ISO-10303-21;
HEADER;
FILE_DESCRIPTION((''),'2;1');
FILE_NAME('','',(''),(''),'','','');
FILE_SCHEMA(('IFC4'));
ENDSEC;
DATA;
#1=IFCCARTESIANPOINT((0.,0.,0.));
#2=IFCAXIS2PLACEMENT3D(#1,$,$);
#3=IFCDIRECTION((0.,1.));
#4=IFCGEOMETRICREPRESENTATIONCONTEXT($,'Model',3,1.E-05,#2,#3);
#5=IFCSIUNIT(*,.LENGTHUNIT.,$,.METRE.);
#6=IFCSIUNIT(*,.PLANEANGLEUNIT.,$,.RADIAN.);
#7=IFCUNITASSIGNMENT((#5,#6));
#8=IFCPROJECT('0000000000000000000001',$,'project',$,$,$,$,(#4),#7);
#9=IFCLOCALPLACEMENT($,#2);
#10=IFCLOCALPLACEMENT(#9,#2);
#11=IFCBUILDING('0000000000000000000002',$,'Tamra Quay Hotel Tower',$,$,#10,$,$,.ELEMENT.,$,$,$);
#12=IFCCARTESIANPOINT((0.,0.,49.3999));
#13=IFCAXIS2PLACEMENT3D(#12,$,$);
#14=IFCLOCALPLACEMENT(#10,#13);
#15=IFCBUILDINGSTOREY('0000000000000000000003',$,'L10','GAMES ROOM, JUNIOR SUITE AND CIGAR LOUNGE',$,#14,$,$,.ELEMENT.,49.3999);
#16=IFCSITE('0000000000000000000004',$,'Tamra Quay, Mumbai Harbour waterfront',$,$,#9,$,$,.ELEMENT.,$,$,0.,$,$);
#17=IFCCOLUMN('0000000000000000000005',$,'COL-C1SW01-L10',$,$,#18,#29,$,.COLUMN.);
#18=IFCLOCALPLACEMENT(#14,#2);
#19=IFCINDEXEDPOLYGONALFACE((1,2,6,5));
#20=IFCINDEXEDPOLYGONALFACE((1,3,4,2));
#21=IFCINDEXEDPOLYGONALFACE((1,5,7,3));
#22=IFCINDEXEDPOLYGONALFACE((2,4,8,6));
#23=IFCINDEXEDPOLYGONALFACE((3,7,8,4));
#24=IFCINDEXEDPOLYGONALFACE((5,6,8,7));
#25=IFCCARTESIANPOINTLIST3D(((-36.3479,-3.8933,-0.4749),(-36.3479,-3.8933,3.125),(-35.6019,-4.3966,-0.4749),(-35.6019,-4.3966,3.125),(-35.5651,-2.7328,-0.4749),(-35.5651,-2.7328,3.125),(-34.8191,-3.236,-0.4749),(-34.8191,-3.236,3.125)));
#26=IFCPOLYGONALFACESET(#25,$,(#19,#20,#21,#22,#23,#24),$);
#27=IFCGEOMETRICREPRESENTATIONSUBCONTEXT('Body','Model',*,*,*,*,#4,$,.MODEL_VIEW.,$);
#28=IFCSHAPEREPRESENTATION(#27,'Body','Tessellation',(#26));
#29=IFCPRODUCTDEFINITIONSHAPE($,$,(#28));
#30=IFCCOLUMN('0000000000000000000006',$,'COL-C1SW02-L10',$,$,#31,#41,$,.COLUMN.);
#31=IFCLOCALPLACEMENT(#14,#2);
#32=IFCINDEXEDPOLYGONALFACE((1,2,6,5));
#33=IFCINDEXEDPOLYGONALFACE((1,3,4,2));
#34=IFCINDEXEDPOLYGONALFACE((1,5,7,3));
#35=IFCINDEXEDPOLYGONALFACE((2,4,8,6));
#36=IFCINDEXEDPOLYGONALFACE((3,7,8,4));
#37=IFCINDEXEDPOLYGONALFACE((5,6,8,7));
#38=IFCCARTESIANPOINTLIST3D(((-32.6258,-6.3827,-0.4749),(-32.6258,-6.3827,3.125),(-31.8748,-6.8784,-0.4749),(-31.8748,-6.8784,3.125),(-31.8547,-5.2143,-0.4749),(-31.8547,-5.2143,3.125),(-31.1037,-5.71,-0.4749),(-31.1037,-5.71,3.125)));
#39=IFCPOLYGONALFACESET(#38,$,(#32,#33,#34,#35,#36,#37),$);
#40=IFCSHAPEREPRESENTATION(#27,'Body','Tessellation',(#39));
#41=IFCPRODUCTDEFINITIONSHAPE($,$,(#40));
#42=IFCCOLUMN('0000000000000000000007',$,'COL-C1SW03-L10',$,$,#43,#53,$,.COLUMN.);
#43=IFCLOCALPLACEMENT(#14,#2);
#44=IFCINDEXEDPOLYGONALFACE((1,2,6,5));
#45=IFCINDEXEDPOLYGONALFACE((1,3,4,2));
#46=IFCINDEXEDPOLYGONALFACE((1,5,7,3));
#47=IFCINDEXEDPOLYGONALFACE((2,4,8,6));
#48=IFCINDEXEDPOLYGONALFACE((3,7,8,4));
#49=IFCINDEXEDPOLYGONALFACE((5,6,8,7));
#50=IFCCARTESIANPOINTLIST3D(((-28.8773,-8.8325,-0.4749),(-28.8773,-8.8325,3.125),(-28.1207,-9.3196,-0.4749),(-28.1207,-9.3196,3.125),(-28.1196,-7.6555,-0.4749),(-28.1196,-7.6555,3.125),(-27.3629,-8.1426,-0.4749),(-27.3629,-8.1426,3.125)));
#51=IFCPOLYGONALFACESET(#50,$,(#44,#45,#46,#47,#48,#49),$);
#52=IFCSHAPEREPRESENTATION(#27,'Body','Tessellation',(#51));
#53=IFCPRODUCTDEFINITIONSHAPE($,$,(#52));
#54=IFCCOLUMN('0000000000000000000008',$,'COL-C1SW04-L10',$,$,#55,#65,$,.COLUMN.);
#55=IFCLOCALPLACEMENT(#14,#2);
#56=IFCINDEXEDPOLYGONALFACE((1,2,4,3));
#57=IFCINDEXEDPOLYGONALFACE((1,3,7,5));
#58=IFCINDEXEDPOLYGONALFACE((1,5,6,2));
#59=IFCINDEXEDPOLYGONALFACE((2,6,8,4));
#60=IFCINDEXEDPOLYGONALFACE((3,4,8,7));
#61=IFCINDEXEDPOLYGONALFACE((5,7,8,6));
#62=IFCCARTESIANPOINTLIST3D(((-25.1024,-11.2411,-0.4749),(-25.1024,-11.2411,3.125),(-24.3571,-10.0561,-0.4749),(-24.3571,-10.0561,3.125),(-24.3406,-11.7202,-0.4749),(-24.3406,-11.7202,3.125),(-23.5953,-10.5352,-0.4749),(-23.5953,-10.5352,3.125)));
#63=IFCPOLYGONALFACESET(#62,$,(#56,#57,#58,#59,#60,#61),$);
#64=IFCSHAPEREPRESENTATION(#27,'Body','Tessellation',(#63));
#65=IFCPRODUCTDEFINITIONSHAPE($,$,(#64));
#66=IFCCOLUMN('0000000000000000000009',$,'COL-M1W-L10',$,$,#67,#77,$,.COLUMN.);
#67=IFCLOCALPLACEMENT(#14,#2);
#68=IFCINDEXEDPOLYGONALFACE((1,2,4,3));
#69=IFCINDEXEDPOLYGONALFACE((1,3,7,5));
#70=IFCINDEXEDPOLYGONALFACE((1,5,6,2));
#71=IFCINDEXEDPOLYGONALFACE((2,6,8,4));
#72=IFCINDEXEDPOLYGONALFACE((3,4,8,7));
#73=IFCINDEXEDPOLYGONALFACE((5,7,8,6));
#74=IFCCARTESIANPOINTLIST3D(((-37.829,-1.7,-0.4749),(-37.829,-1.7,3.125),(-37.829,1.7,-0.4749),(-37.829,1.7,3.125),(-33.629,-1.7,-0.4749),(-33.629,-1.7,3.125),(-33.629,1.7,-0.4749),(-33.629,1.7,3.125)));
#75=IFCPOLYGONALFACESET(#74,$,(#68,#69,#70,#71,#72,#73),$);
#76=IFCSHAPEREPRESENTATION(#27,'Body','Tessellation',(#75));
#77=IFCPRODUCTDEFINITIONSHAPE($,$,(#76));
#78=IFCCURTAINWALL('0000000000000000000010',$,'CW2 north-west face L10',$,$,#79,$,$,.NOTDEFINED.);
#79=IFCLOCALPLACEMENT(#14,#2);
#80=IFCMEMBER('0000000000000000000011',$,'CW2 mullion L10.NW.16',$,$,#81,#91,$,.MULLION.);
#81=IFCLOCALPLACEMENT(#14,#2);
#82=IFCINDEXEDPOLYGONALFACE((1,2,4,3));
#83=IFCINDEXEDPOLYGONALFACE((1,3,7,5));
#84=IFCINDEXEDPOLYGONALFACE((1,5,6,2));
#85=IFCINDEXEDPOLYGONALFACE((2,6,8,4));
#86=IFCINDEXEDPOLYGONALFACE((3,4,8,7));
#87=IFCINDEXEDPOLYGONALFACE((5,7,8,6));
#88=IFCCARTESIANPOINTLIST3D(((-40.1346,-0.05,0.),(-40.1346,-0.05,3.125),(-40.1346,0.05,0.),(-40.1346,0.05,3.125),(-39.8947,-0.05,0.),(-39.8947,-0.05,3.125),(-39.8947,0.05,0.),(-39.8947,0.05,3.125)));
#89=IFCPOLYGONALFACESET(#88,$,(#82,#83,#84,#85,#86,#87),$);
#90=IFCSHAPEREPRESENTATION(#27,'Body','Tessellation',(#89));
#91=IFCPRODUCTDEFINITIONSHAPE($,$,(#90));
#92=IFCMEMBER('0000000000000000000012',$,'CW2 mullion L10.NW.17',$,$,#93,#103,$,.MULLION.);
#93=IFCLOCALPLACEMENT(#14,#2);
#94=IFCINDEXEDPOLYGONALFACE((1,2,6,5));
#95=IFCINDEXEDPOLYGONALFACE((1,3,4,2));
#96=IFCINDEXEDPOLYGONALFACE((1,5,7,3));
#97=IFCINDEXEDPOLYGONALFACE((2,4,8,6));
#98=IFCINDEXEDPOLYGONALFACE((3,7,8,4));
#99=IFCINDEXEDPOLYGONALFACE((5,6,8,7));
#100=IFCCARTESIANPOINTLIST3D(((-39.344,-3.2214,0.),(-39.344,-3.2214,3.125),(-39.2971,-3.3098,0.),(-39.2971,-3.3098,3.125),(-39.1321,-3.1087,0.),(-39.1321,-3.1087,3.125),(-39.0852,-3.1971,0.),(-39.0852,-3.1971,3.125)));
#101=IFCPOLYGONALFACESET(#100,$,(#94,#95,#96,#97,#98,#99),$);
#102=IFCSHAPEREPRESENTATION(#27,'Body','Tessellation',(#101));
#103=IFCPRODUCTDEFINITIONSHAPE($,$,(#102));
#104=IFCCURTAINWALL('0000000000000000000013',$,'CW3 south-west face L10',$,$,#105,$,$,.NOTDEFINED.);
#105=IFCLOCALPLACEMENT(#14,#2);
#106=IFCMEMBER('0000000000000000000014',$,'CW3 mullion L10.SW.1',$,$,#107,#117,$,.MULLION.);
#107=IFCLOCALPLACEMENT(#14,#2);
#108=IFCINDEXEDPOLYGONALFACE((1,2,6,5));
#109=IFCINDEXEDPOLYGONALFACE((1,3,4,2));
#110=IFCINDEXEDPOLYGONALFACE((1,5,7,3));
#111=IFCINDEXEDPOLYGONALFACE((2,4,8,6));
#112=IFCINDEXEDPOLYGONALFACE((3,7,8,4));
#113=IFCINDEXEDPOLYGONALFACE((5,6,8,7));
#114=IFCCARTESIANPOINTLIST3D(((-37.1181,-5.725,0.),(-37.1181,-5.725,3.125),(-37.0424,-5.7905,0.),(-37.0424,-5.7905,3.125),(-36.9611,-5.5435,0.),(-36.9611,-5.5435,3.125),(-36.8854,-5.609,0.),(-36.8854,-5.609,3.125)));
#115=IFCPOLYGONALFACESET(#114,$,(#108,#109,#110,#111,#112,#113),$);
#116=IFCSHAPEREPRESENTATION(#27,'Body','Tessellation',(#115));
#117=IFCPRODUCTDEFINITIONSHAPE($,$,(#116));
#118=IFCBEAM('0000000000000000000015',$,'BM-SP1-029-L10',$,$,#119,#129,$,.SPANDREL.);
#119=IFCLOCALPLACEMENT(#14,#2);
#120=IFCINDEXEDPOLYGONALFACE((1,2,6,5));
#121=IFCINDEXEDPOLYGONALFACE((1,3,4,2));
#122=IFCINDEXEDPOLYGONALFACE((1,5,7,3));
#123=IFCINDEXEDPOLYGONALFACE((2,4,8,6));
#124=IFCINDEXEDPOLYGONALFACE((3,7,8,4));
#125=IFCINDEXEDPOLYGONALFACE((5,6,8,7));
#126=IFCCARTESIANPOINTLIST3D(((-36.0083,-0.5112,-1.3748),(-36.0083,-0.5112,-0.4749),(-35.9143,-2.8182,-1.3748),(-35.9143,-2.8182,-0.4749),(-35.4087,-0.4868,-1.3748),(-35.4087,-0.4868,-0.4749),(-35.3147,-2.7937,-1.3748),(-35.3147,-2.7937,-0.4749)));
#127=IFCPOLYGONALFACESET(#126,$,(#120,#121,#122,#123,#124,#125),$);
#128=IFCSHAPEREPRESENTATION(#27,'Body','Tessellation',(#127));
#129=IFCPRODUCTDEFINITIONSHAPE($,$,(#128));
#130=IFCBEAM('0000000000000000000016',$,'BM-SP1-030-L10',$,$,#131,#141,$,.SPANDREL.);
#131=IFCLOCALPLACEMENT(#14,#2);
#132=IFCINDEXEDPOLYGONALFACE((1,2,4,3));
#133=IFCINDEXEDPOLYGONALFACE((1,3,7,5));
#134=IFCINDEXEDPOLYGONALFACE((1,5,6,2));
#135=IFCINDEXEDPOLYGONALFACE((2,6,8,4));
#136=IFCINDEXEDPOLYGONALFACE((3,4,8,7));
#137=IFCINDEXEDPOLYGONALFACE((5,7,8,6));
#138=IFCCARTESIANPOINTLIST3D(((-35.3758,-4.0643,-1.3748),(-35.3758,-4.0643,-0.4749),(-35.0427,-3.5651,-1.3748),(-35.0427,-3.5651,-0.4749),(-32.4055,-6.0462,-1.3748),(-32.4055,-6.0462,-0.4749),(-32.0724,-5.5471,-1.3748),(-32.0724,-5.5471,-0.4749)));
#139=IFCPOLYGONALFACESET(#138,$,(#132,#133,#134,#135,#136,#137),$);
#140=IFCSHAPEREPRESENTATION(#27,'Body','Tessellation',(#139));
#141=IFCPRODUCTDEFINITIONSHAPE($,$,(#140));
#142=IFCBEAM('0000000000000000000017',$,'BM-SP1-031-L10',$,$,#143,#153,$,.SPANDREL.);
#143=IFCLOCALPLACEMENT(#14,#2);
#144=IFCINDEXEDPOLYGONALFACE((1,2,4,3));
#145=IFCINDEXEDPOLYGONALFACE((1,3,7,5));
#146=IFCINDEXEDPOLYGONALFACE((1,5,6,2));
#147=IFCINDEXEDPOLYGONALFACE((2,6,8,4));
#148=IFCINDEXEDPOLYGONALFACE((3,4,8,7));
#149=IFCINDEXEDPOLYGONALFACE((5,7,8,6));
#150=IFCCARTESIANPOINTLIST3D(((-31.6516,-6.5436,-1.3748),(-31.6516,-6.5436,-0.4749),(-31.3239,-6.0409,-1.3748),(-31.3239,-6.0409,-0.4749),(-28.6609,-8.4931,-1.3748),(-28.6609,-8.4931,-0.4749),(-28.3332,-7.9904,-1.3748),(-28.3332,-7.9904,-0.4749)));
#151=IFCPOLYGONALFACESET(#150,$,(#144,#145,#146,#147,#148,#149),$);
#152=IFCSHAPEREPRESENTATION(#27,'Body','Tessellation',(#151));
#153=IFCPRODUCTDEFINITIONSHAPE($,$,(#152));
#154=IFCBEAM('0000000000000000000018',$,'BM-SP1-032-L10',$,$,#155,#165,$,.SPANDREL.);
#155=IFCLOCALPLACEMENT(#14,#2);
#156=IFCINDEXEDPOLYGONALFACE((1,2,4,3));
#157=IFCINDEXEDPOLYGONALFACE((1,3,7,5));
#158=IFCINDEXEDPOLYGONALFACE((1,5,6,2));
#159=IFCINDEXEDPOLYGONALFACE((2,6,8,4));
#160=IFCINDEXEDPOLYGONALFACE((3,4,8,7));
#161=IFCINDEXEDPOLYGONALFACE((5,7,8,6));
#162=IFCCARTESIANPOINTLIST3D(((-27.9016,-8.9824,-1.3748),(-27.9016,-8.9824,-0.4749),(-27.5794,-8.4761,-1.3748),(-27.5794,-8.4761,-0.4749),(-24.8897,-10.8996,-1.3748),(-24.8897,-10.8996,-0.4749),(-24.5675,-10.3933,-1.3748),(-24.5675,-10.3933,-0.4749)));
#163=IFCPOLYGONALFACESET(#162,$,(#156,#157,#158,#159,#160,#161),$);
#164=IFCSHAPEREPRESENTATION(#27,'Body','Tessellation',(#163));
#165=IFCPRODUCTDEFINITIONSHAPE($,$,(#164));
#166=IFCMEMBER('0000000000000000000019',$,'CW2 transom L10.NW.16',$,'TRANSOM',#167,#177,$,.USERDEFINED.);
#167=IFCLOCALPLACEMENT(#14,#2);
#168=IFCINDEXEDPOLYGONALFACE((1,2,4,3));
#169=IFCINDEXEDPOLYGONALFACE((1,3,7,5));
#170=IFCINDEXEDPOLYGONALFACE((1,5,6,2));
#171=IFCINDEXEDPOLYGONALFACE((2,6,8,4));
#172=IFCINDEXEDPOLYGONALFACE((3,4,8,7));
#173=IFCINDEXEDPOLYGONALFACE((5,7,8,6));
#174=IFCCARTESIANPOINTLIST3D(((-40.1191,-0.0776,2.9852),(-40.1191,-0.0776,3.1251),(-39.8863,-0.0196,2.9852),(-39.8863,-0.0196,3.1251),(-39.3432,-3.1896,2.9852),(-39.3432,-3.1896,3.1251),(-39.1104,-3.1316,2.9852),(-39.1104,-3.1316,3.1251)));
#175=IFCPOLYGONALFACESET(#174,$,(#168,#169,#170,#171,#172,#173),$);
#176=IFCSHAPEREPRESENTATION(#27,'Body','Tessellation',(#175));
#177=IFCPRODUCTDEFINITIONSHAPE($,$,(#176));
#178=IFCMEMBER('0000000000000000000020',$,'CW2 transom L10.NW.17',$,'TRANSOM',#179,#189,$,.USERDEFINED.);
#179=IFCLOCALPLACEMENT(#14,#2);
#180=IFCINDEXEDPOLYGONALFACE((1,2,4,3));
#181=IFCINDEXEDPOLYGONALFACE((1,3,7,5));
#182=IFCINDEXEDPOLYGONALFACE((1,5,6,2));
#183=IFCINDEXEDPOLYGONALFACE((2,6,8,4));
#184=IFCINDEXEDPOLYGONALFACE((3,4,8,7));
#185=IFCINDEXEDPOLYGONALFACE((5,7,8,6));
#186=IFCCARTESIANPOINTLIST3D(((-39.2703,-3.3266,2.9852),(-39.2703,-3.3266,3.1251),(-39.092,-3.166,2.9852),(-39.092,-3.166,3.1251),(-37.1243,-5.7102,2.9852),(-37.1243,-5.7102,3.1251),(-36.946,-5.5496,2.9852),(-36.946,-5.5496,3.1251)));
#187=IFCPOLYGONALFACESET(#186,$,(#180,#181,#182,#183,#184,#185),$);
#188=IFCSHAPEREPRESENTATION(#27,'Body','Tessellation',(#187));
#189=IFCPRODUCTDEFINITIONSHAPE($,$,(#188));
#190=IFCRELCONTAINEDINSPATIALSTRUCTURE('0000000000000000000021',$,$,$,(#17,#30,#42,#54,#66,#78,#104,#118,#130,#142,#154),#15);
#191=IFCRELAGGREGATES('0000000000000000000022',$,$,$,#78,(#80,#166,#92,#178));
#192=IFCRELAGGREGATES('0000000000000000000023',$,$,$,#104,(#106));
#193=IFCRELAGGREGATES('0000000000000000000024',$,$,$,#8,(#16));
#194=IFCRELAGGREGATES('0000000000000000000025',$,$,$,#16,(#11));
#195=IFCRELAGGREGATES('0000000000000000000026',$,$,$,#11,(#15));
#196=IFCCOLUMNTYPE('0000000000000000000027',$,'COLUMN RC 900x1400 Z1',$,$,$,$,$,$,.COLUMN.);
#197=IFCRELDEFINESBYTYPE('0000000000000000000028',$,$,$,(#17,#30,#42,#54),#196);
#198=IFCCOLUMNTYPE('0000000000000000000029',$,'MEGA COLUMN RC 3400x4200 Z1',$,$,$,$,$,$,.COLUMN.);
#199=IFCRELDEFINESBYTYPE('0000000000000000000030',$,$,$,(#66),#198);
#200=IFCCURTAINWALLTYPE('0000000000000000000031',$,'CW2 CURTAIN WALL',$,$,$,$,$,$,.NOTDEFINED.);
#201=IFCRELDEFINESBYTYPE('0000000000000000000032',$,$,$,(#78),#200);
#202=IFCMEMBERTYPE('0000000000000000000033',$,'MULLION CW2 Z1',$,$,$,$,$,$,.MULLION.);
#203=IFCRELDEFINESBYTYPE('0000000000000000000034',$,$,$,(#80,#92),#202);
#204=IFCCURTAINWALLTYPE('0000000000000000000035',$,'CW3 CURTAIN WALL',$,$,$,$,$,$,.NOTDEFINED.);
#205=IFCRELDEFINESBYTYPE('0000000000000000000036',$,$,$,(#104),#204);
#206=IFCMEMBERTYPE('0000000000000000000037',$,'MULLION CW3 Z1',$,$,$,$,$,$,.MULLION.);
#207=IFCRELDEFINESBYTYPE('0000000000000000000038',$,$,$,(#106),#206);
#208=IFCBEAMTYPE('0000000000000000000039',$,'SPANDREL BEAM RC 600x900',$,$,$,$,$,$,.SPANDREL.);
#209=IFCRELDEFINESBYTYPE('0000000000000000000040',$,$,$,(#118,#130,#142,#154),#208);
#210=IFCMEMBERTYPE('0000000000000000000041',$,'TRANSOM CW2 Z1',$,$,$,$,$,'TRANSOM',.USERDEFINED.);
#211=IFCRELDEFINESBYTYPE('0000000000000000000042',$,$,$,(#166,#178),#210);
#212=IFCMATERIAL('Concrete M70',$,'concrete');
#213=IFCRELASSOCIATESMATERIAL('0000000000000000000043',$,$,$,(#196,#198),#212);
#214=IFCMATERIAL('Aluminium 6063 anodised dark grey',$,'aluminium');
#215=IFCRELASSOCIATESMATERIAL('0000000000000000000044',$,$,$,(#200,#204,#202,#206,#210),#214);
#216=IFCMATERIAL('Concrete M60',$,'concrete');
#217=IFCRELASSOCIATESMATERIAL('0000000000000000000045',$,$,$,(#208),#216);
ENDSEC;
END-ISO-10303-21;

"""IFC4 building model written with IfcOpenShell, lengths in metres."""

from ifc_helpers import new_model, si_unit, direction, frame, origin, origin_2d, place, context, subcontext, project, spatial, rectangle, extrude, material, material_profile, profile_set, type_object, element, aggregate, save


model = new_model("IFC4")

# Units and contexts
model_context = context("Model", 3, precision=1e-05, world=origin(), true_north=direction((0.0, 1.0)))
body_context = subcontext(model_context, "Body", "Model", "MODEL_VIEW")
ifc_project = project(units=[si_unit("LENGTHUNIT", "METRE"), si_unit("PLANEANGLEUNIT", "RADIAN")], contexts=[model_context])

# Site, building, storey
site_placement = place(None, origin())
site = spatial("IfcSite", under=ifc_project, at=site_placement, Name="Tamra Quay, Mumbai Harbour waterfront", CompositionType="ELEMENT", RefElevation=0.0)
building_placement = place(site_placement, origin())
building = spatial("IfcBuilding", under=site, at=building_placement, Name="Tamra Quay Hotel Tower", CompositionType="ELEMENT")
storey_placement = place(building_placement, frame((0.0, 0.0, 49.3999)))
storey = spatial("IfcBuildingStorey", under=building, at=storey_placement, Name="L10", Description="GAMES ROOM, JUNIOR SUITE AND CIGAR LOUNGE", CompositionType="ELEMENT", Elevation=49.3999)

# Columns
ifc_material_1 = material(Name="Concrete M70", Category="concrete")
ifc_material_profile_1 = material_profile(ifc_material_1, rectangle(XDim=1.3999, YDim=0.8999, at=origin_2d()), Name="COLUMN RC 900x1400 Z1")
ifc_profile_set_1 = profile_set([ifc_material_profile_1], Name="Concrete M70")
column_type_1 = type_object("IfcColumnType", Name="COLUMN RC 900x1400 Z1", PredefinedType="COLUMN", material=ifc_profile_set_1)
for number, where, z_axis, x_axis, name in (
    (1, (-35.5835, -3.5647, -0.4749), (0.0, 0.0, 1.0), (0.55922, 0.829019, 0.0), "COL-C1SW01-L10"),
    (2, (-31.8647, -6.0464, -0.4749), (0.0, 0.0, 1.0), (0.550838, 0.834612, 0.0), "COL-C1SW02-L10"),
    (3, (-28.1201, -8.4875, -0.4749), (0.0, 0.0, 1.0), (0.541283, 0.840841, 0.0), "COL-C1SW03-L10"),
    (4, (-24.3489, -10.8882, -0.4749), (0.0, 0.0, 1.0), (0.532389, 0.8465, 0.0), "COL-C1SW04-L10"),
):
    element("IfcColumn", number, at=place(storey_placement, frame(where, z_axis=z_axis, x_axis=x_axis)), inside=storey, type_object=column_type_1, Name=name, PredefinedType="COLUMN", context=body_context, shape_type="SweptSolid", body=[
        extrude(rectangle(XDim=1.3999, YDim=0.8999, at=origin_2d()), origin(), (0.0, 0.0, 1.0), 3.5999),
    ])
ifc_material_profile_2 = material_profile(ifc_material_1, rectangle(XDim=4.2, YDim=3.3999, at=origin_2d()), Name="MEGA COLUMN RC 3400x4200 Z1")
ifc_profile_set_2 = profile_set([ifc_material_profile_2], Name="Concrete M70")
column_type_2 = type_object("IfcColumnType", Name="MEGA COLUMN RC 3400x4200 Z1", PredefinedType="COLUMN", material=ifc_profile_set_2)
column_placement = place(storey_placement, frame((-35.729, 0.0, -0.4749), z_axis=(0.0, 0.0, 1.0), x_axis=(1.0, 0.0, 0.0)))
element("IfcColumn", 5, at=column_placement, inside=storey, type_object=column_type_2, Name="COL-M1W-L10", PredefinedType="COLUMN", context=body_context, shape_type="SweptSolid", body=[
    extrude(rectangle(XDim=4.2, YDim=3.3999, at=origin_2d()), origin(), (0.0, 0.0, 1.0), 3.5999),
])

# Curtain wall, members
ifc_material_2 = material(Name="Aluminium 6063 anodised dark grey", Category="aluminium")
curtain_wall_type_1 = type_object("IfcCurtainWallType", Name="CW2 CURTAIN WALL", PredefinedType="NOTDEFINED", material=ifc_material_2)
curtain_wall_1_placement = place(storey_placement, origin())
curtain_wall_1 = element("IfcCurtainWall", 6, at=curtain_wall_1_placement, inside=storey, type_object=curtain_wall_type_1, Name="CW2 north-west face L10", PredefinedType="NOTDEFINED")
ifc_material_profile_3 = material_profile(ifc_material_2, rectangle(XDim=0.24, YDim=0.1001, at=origin_2d()), Name="MULLION 100X240")
ifc_profile_set_3 = profile_set([ifc_material_profile_3], Name="Aluminium 6063 anodised dark grey")
member_type_1 = type_object("IfcMemberType", Name="MULLION CW2 Z1", PredefinedType="MULLION", material=ifc_profile_set_3)
member_1_placement = place(storey_placement, frame((-40.0146, 0.0, 0.0), z_axis=(0.0, 0.0, 1.0), x_axis=(-1.0, 0.0, 0.0)))
member_1 = element("IfcMember", 7, at=member_1_placement, type_object=member_type_1, Name="CW2 mullion L10.NW.16", PredefinedType="MULLION", context=body_context, shape_type="SweptSolid", body=[
    extrude(rectangle(XDim=0.24, YDim=0.1001, at=origin_2d()), origin(), (0.0, 0.0, 1.0), 3.125),
])
member_2_placement = place(storey_placement, frame((-39.2146, -3.2092, 0.0), z_axis=(0.0, 0.0, 1.0), x_axis=(-0.882955, -0.469457, 0.0)))
member_2 = element("IfcMember", 8, at=member_2_placement, type_object=member_type_1, Name="CW2 mullion L10.NW.17", PredefinedType="MULLION", context=body_context, shape_type="SweptSolid", body=[
    extrude(rectangle(XDim=0.24, YDim=0.1001, at=origin_2d()), origin(), (0.0, 0.0, 1.0), 3.125),
])

# Curtain wall, member
curtain_wall_type_2 = type_object("IfcCurtainWallType", Name="CW3 CURTAIN WALL", PredefinedType="NOTDEFINED", material=ifc_material_2)
curtain_wall_2_placement = place(storey_placement, origin())
curtain_wall_2 = element("IfcCurtainWall", 9, at=curtain_wall_2_placement, inside=storey, type_object=curtain_wall_type_2, Name="CW3 south-west face L10", PredefinedType="NOTDEFINED")
ifc_material_profile_4 = material_profile(ifc_material_2, rectangle(XDim=0.24, YDim=0.1001, at=origin_2d()), Name="MULLION 100X240")
ifc_profile_set_4 = profile_set([ifc_material_profile_4], Name="Aluminium 6063 anodised dark grey")
member_type_2 = type_object("IfcMemberType", Name="MULLION CW3 Z1", PredefinedType="MULLION", material=ifc_profile_set_4)
member_3_placement = place(storey_placement, frame((-37.0017, -5.667, 0.0), z_axis=(0.0, 0.0, 1.0), x_axis=(-0.654197, -0.756324, 0.0)))
member_3 = element("IfcMember", 10, at=member_3_placement, type_object=member_type_2, Name="CW3 mullion L10.SW.1", PredefinedType="MULLION", context=body_context, shape_type="SweptSolid", body=[
    extrude(rectangle(XDim=0.24, YDim=0.1001, at=origin_2d()), origin(), (0.0, 0.0, 1.0), 3.125),
])

# Beams
ifc_material_3 = material(Name="Concrete M60", Category="concrete")
ifc_material_profile_5 = material_profile(ifc_material_3, rectangle(XDim=0.6001, YDim=0.8999, at=origin_2d()), Name="SPANDREL BEAM RC 600x900")
ifc_profile_set_5 = profile_set([ifc_material_profile_5], Name="Concrete M60")
beam_type = type_object("IfcBeamType", Name="SPANDREL BEAM RC 600x900", PredefinedType="SPANDREL", material=ifc_profile_set_5)
beam_1_placement = place(storey_placement, frame((-35.7085, -0.499, -0.9248), z_axis=(0.040711, -0.999171, 0.0), x_axis=(0.999171, 0.040711, 0.0)))
element("IfcBeam", 11, at=beam_1_placement, inside=storey, type_object=beam_type, Name="BM-SP1-029-L10", PredefinedType="SPANDREL", context=body_context, shape_type="SweptSolid", body=[
    extrude(rectangle(XDim=0.6001, YDim=0.8999, at=origin_2d()), origin(), (0.0, 0.0, 1.0), 2.3088),
])
beam_2_placement = place(storey_placement, frame((-35.2092, -3.8147, -0.9248), z_axis=(0.831819, -0.555047, 0.0), x_axis=(0.555047, 0.831819, 0.0)))
element("IfcBeam", 12, at=beam_2_placement, inside=storey, type_object=beam_type, Name="BM-SP1-030-L10", PredefinedType="SPANDREL", context=body_context, shape_type="SweptSolid", body=[
    extrude(rectangle(XDim=0.6001, YDim=0.8999, at=origin_2d()), origin(), (0.0, 0.0, 1.0), 3.5708),
])
beam_3_placement = place(storey_placement, frame((-31.4878, -6.2922, -0.9248), z_axis=(0.83774, -0.54607, 0.0), x_axis=(0.54607, 0.83774, 0.0)))
element("IfcBeam", 13, at=beam_3_placement, inside=storey, type_object=beam_type, Name="BM-SP1-031-L10", PredefinedType="SPANDREL", context=body_context, shape_type="SweptSolid", body=[
    extrude(rectangle(XDim=0.6001, YDim=0.8999, at=origin_2d()), origin(), (0.0, 0.0, 1.0), 3.5701),
])
beam_4_placement = place(storey_placement, frame((-27.7405, -8.7292, -0.9248), z_axis=(0.843594, -0.536982, 0.0), x_axis=(0.536982, 0.843594, 0.0)))
element("IfcBeam", 14, at=beam_4_placement, inside=storey, type_object=beam_type, Name="BM-SP1-032-L10", PredefinedType="SPANDREL", context=body_context, shape_type="SweptSolid", body=[
    extrude(rectangle(XDim=0.6001, YDim=0.8999, at=origin_2d()), origin(), (0.0, 0.0, 1.0), 3.5703),
])

# Members
ifc_material_profile_6 = material_profile(ifc_material_2, rectangle(XDim=0.24, YDim=0.1399, at=origin_2d()), Name="TRANSOM 240X140")
ifc_profile_set_6 = profile_set([ifc_material_profile_6], Name="Aluminium 6063 anodised dark grey")
member_type_3 = type_object("IfcMemberType", Name="TRANSOM CW2 Z1", ElementType="TRANSOM", PredefinedType="USERDEFINED", material=ifc_profile_set_6)
member_4_placement = place(storey_placement, frame((-40.0027, -0.0486, 3.0552), z_axis=(0.241909, -0.970299, 0.0), x_axis=(0.970299, 0.241909, 0.0)))
member_4 = element("IfcMember", 15, at=member_4_placement, type_object=member_type_3, Name="CW2 transom L10.NW.16", ObjectType="TRANSOM", PredefinedType="USERDEFINED", context=body_context, shape_type="SweptSolid", body=[
    extrude(rectangle(XDim=0.24, YDim=0.1399, at=origin_2d()), origin(), (0.0, 0.0, 1.0), 3.2073),
])
member_5_placement = place(storey_placement, frame((-39.1812, -3.2463, 3.0552), z_axis=(0.669104, -0.743169, 0.0), x_axis=(0.743169, 0.669104, 0.0)))
member_5 = element("IfcMember", 16, at=member_5_placement, type_object=member_type_3, Name="CW2 transom L10.NW.17", ObjectType="TRANSOM", PredefinedType="USERDEFINED", context=body_context, shape_type="SweptSolid", body=[
    extrude(rectangle(XDim=0.24, YDim=0.1399, at=origin_2d()), origin(), (0.0, 0.0, 1.0), 3.2073),
])

aggregate(curtain_wall_1, [member_1, member_4, member_2, member_5])
aggregate(curtain_wall_2, [member_3])

save(model, "model.ifc")
